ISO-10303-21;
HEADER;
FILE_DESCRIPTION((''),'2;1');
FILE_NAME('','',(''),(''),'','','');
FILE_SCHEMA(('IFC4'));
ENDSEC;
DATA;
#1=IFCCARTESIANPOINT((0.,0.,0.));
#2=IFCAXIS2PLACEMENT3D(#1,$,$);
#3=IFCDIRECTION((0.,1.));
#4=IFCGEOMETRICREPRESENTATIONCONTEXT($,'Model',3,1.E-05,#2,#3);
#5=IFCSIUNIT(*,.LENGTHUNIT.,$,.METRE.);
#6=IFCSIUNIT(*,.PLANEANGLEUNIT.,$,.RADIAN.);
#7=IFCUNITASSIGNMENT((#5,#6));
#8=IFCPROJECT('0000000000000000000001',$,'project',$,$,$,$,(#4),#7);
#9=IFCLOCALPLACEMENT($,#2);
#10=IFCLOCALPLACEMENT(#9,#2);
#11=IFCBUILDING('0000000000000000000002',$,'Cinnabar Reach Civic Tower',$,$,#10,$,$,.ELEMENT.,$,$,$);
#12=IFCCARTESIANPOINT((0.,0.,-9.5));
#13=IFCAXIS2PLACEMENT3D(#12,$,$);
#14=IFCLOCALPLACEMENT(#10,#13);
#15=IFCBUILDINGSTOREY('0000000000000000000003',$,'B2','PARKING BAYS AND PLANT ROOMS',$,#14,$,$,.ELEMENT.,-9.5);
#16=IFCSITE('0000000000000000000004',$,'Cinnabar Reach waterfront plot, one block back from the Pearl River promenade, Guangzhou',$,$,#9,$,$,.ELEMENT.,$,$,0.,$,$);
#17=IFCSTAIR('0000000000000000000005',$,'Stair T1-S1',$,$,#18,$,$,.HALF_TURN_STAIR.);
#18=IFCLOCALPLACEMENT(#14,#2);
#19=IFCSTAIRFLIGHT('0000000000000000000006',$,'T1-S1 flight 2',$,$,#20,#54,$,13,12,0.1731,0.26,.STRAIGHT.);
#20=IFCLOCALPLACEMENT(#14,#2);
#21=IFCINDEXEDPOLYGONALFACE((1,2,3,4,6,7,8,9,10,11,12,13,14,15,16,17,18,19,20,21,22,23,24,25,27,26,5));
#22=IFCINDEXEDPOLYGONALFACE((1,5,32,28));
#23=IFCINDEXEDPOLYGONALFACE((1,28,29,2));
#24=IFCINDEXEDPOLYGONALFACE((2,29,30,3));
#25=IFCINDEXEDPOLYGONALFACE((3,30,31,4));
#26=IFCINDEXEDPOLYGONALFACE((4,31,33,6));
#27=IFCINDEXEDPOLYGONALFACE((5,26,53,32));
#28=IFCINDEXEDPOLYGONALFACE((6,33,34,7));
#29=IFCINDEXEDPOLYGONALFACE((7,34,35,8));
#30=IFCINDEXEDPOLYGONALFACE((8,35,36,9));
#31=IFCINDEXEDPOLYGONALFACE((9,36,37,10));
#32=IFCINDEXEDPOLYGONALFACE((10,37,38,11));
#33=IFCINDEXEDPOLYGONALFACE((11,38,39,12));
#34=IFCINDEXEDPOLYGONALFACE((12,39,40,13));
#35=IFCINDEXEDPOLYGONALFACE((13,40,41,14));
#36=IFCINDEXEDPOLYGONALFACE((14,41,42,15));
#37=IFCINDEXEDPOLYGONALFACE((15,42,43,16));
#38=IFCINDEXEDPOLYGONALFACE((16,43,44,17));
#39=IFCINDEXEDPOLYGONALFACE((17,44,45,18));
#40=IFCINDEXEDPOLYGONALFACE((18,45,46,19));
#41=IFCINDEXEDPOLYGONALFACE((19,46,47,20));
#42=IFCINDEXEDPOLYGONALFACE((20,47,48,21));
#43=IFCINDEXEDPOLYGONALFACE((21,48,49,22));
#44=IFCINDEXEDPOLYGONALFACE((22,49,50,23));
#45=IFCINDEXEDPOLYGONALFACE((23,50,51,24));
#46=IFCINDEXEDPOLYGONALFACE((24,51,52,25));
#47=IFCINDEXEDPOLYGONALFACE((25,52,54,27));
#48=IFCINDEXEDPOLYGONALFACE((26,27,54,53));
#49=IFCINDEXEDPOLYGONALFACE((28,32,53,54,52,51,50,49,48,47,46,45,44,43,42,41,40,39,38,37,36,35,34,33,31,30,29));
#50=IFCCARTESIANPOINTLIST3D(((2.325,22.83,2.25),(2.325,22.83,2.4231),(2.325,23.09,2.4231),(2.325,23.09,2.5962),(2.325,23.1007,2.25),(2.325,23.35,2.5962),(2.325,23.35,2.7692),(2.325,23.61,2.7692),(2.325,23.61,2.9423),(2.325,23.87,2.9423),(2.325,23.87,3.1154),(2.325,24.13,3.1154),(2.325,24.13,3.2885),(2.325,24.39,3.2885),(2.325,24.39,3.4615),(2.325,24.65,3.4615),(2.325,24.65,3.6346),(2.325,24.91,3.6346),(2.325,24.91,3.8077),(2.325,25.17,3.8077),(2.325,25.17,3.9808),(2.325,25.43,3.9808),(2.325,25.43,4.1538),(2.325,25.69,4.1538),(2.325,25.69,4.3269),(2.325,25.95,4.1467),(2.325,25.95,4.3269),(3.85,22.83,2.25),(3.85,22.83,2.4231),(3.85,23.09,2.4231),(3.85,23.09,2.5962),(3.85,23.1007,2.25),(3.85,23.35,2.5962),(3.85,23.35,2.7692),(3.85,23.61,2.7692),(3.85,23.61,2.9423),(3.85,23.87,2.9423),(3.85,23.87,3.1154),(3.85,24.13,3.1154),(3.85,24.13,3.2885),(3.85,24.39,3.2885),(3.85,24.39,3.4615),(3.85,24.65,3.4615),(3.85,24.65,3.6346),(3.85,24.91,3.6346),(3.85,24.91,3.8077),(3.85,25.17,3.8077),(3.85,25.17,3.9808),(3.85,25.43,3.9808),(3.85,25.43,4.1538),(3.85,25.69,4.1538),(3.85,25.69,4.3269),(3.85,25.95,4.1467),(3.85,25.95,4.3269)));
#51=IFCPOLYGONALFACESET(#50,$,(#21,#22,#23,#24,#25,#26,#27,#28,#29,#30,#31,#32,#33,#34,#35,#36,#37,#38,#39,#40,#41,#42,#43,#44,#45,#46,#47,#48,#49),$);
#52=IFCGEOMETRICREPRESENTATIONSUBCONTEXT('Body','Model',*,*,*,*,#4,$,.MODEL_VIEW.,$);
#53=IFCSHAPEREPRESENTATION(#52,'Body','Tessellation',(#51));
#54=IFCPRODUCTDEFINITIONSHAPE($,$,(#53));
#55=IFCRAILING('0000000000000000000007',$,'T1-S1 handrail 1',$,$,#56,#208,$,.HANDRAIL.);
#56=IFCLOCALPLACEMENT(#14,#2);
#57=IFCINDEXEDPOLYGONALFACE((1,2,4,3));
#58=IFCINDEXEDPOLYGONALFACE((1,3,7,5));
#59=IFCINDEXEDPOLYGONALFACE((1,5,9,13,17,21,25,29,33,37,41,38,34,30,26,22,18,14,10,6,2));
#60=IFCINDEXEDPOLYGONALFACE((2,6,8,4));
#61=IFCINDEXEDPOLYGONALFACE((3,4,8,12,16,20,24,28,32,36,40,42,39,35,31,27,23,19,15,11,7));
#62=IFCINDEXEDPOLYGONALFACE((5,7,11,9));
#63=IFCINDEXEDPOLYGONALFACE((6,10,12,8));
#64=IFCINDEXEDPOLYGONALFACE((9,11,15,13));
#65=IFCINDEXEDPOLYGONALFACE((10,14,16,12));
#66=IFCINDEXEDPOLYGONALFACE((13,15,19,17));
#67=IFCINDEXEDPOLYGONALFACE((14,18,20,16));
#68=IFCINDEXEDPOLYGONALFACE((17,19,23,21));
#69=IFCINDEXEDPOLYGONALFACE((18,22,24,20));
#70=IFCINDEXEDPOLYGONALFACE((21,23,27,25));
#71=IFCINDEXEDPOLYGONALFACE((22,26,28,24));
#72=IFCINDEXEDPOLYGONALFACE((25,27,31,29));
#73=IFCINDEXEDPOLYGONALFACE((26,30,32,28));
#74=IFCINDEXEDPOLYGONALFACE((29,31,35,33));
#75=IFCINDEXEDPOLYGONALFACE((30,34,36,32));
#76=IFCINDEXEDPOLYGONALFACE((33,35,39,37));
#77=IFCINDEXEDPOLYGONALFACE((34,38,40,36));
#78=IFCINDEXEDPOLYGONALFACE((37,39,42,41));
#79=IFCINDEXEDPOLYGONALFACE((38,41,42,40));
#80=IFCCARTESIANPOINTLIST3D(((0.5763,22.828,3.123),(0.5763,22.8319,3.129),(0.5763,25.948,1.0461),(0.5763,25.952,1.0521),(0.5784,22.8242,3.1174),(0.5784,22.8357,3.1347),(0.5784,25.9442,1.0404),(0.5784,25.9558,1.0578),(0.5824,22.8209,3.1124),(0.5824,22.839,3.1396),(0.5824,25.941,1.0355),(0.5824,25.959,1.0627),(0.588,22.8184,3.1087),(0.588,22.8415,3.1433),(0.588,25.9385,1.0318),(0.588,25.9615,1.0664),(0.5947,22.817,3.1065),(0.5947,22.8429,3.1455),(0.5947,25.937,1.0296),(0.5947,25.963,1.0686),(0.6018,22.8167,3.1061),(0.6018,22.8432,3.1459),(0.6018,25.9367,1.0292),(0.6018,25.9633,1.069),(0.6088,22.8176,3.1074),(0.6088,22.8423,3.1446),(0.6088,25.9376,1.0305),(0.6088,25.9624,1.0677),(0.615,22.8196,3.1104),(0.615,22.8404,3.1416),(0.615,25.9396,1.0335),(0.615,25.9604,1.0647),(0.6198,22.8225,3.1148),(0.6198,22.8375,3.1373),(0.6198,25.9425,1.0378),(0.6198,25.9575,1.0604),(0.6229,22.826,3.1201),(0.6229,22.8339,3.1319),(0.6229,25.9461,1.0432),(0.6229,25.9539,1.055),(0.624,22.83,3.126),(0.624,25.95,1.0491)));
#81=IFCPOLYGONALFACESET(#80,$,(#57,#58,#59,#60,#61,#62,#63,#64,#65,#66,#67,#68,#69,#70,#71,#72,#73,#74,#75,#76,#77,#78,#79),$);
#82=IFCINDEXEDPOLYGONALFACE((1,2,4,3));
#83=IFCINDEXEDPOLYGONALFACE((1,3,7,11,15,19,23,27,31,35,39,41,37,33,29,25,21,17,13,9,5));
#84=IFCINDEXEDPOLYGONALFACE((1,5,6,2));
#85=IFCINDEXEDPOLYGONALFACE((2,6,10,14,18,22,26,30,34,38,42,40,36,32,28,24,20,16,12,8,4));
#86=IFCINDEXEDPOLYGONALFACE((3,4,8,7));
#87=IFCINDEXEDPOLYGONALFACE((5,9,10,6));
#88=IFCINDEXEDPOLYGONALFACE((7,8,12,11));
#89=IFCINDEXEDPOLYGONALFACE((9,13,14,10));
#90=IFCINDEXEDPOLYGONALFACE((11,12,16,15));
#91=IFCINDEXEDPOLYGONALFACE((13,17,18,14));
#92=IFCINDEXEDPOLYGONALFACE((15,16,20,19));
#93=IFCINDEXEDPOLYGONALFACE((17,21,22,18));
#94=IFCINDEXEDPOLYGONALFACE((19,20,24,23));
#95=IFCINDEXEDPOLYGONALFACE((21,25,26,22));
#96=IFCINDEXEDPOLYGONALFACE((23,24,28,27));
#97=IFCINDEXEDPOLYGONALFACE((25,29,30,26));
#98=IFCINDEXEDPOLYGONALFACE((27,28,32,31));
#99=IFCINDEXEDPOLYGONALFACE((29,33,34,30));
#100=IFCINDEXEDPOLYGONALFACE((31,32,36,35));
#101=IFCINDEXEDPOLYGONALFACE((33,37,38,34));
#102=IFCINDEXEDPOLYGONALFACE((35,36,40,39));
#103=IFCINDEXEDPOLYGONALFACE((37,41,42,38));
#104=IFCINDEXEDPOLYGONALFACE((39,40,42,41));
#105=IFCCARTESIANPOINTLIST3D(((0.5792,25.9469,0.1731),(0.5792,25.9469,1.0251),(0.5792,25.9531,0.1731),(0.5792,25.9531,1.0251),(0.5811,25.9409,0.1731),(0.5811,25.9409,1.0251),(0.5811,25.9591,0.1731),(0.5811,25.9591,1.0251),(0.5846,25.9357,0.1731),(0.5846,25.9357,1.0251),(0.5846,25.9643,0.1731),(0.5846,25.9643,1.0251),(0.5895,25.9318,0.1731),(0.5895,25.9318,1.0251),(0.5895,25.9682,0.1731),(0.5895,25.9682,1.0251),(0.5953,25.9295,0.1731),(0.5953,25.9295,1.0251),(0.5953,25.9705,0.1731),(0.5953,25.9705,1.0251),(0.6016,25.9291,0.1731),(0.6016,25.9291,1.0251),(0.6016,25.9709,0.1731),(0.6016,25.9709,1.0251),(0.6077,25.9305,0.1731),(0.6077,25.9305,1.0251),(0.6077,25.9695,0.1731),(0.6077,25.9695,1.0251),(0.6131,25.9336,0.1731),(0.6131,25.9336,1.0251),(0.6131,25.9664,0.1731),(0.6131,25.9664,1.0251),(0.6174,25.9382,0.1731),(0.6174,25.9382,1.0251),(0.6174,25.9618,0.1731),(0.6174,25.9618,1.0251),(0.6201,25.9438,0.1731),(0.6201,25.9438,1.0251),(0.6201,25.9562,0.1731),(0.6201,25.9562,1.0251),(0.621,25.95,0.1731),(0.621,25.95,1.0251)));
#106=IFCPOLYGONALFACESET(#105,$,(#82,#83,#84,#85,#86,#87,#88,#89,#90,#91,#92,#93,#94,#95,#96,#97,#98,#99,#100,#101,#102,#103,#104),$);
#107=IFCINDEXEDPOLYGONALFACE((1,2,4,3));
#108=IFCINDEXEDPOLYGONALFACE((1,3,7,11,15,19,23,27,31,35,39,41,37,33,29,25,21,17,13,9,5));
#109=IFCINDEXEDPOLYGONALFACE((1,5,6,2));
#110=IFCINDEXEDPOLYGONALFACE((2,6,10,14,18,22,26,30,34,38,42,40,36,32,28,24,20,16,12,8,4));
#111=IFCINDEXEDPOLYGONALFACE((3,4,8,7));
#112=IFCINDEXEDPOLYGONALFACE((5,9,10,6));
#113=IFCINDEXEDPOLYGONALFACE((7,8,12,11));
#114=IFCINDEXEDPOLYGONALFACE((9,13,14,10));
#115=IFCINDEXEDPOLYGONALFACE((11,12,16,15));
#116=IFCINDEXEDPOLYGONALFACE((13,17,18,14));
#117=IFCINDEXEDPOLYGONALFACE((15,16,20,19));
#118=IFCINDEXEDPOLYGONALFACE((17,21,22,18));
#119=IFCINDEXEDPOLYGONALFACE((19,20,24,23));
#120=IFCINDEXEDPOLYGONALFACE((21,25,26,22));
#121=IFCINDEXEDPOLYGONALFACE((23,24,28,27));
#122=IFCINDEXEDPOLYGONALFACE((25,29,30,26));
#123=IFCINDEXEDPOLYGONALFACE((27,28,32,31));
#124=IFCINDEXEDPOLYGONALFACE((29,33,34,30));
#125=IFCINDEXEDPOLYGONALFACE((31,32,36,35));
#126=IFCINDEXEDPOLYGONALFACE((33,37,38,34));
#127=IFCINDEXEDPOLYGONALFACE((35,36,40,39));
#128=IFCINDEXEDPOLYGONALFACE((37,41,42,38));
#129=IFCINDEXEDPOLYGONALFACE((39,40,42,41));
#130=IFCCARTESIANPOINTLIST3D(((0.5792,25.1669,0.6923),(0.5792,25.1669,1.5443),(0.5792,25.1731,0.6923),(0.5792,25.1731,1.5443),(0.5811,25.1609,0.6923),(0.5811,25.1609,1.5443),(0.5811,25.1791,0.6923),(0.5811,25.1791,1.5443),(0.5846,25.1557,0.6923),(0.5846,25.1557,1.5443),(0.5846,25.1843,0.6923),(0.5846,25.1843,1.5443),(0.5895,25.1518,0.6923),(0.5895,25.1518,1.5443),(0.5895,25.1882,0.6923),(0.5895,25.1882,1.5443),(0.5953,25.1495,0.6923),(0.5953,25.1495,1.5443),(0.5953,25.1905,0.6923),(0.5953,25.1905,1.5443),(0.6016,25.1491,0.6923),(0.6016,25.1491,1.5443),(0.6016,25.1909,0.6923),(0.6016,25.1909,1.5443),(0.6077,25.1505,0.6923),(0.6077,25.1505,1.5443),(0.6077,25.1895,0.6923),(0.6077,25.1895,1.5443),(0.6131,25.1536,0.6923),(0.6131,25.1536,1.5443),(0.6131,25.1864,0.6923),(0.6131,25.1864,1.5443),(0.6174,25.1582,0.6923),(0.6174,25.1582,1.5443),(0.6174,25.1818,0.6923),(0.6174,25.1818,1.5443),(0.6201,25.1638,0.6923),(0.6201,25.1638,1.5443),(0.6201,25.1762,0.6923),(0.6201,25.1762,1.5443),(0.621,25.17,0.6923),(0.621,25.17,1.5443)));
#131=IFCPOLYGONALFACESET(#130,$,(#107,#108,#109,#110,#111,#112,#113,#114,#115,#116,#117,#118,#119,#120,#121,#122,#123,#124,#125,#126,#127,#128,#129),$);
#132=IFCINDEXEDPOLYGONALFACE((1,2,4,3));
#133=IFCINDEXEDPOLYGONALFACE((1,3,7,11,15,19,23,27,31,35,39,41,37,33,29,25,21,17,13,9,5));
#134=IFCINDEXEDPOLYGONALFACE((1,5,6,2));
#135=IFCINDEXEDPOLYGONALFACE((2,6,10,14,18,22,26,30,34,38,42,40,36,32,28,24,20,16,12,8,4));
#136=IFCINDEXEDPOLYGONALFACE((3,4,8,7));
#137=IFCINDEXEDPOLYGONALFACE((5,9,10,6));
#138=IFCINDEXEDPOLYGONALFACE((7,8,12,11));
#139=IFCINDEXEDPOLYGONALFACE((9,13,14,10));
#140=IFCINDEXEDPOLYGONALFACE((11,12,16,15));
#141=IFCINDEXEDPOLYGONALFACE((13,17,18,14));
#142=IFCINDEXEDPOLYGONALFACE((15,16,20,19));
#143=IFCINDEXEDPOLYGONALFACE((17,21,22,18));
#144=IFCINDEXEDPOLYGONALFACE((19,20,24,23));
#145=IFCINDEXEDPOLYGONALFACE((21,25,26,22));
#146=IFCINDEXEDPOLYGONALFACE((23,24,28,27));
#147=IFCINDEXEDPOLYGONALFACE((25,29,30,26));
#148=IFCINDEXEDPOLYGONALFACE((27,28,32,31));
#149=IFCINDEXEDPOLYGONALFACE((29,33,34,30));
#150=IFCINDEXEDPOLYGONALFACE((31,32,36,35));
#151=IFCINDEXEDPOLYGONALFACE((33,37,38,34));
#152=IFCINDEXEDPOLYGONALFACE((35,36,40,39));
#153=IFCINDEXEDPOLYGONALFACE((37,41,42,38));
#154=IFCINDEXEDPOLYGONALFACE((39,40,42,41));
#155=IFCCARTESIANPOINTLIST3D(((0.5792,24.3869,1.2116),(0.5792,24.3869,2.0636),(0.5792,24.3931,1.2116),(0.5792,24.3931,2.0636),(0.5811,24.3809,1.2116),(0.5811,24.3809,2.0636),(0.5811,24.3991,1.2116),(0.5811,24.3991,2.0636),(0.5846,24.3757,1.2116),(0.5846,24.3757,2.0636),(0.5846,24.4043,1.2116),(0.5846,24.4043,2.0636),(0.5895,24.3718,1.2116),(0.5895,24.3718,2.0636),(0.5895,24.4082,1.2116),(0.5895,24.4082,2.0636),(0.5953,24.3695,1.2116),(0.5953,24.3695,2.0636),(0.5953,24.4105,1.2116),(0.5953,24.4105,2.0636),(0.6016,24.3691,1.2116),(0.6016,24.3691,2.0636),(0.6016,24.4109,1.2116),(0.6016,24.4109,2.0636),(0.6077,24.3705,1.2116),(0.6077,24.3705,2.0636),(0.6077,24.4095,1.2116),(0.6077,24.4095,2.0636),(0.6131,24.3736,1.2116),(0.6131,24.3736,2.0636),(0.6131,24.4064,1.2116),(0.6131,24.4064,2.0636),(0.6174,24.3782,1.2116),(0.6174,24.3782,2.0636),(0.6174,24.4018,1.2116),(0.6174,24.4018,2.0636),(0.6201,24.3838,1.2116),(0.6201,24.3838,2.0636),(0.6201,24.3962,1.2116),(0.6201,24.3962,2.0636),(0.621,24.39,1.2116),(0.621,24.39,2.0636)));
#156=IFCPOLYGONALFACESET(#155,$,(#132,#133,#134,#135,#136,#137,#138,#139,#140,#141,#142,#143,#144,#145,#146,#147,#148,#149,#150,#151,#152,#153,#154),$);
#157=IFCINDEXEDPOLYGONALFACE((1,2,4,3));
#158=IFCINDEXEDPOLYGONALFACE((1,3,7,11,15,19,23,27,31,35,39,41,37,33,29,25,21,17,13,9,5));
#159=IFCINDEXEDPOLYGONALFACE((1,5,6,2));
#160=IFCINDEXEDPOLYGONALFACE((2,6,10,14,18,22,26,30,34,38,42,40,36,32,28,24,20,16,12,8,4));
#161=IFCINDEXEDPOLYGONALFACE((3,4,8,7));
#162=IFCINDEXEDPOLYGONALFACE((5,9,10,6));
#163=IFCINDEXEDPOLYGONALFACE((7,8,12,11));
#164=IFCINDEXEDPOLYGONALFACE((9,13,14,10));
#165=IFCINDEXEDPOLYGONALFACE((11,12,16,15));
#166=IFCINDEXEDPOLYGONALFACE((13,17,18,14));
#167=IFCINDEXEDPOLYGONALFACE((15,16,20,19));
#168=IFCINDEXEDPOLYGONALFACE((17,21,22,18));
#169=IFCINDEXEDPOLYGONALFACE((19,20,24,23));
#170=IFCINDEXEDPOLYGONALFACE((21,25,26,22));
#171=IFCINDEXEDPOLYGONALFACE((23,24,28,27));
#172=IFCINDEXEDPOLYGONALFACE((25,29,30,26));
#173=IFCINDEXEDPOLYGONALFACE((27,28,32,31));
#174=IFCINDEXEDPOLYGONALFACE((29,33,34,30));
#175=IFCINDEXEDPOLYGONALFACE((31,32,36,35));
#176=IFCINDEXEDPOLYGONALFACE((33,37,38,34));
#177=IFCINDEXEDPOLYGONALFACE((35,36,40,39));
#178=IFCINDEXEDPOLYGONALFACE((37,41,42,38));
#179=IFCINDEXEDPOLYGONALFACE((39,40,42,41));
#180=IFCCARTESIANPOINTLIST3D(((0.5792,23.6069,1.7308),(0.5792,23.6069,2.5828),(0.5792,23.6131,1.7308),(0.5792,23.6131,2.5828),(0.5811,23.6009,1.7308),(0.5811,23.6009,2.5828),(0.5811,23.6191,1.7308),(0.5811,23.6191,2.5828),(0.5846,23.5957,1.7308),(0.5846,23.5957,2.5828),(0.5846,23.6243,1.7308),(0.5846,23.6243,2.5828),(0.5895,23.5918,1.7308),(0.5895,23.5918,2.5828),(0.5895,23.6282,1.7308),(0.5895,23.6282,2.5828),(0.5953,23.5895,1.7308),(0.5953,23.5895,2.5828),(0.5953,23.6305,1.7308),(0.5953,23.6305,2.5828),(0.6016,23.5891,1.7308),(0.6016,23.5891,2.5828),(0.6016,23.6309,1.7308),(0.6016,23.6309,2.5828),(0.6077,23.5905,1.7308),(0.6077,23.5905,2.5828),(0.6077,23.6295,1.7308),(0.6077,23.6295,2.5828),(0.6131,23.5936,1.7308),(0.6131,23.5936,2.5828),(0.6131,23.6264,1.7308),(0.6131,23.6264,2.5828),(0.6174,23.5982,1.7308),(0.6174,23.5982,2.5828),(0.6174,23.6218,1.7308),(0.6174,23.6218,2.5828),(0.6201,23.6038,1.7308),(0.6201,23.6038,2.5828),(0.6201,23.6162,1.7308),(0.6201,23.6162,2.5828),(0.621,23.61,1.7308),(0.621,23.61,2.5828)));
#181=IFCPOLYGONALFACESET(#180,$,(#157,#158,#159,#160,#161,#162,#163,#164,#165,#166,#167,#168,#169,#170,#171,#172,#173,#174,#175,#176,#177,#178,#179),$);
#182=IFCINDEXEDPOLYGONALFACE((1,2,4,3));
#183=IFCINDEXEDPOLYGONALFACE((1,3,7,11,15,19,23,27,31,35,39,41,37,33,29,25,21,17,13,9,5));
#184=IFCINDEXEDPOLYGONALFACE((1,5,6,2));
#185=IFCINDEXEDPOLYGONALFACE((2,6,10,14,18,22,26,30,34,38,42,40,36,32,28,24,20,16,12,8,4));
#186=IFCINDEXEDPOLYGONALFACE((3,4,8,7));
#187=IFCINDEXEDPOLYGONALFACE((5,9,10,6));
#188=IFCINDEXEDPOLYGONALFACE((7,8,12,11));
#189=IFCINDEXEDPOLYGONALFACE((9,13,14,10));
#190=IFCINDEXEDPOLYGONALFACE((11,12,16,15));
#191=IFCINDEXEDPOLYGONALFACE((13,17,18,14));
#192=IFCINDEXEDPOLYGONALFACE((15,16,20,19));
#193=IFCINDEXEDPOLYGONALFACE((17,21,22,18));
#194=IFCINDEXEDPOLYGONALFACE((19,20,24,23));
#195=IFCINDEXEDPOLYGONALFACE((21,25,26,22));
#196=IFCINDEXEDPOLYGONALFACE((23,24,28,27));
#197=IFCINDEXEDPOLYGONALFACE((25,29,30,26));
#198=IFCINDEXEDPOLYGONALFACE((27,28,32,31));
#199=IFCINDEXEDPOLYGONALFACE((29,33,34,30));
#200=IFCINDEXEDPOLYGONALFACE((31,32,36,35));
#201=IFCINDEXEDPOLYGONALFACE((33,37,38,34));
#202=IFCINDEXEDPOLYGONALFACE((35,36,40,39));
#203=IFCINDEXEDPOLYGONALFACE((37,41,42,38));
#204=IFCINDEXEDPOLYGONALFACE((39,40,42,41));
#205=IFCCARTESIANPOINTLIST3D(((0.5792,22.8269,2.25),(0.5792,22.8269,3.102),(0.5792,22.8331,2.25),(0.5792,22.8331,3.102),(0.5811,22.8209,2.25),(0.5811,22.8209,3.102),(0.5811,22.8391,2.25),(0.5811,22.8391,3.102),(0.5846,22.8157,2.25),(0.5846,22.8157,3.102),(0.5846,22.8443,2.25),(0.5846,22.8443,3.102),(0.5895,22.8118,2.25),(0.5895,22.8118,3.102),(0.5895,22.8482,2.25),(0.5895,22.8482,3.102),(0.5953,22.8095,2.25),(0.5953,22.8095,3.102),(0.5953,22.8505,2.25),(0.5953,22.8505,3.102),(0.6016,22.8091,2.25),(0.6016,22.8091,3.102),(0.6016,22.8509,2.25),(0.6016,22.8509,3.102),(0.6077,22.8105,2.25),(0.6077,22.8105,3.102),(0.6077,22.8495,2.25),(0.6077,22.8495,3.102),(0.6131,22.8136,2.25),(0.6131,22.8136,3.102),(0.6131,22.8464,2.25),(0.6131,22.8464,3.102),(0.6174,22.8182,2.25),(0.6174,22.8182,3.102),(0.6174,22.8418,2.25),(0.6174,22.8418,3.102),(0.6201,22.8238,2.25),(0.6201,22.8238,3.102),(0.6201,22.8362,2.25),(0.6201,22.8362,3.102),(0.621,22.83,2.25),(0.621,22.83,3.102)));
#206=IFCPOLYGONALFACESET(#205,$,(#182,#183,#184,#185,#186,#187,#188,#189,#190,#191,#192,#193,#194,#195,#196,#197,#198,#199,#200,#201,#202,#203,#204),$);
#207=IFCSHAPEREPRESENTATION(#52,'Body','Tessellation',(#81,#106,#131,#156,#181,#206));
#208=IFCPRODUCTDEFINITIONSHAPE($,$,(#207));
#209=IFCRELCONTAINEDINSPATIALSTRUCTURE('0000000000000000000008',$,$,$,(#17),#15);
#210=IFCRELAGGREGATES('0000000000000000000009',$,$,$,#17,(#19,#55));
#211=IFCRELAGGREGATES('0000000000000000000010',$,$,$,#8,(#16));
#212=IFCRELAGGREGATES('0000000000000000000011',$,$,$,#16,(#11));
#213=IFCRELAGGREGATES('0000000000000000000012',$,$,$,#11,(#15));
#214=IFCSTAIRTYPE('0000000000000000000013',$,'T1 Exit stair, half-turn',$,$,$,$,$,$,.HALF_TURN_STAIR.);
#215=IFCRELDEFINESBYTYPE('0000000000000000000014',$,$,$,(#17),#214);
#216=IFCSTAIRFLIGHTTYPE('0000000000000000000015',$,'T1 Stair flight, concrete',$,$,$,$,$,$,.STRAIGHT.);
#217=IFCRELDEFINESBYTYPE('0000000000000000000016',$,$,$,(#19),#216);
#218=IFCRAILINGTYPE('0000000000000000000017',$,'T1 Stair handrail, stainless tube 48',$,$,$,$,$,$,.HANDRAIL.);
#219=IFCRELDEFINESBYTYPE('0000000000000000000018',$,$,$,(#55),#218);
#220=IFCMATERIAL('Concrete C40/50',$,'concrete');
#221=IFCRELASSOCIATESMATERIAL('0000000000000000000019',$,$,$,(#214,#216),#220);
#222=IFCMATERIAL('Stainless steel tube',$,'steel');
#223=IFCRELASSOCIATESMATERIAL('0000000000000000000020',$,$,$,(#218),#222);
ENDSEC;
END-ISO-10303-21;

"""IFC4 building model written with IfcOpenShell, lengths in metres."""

from ifc_helpers import new_model, si_unit, direction, frame, origin, origin_2d, place, context, subcontext, project, spatial, polyline, circle, outline, extrude, material, type_object, element, aggregate, save


model = new_model("IFC4")

# Units and contexts
model_context = context("Model", 3, precision=1e-05, world=origin(), true_north=direction((0.0, 1.0)))
body_context = subcontext(model_context, "Body", "Model", "MODEL_VIEW")
ifc_project = project(units=[si_unit("LENGTHUNIT", "METRE"), si_unit("PLANEANGLEUNIT", "RADIAN")], contexts=[model_context])

# Site, building, storey
site_placement = place(None, origin())
site = spatial("IfcSite", under=ifc_project, at=site_placement, Name="Cinnabar Reach waterfront plot, one block back from the Pearl River promenade, Guangzhou", CompositionType="ELEMENT", RefElevation=0.0)
building_placement = place(site_placement, origin())
building = spatial("IfcBuilding", under=site, at=building_placement, Name="Cinnabar Reach Civic Tower", CompositionType="ELEMENT")
storey_placement = place(building_placement, frame((0.0, 0.0, -9.5)))
storey = spatial("IfcBuildingStorey", under=building, at=storey_placement, Name="B2", Description="PARKING BAYS AND PLANT ROOMS", CompositionType="ELEMENT", Elevation=-9.5)

# Stair, stair flight, railing
ifc_material_1 = material(Name="Concrete C40/50", Category="concrete")
stair_type = type_object("IfcStairType", Name="T1 Exit stair, half-turn", PredefinedType="HALF_TURN_STAIR", material=ifc_material_1)
stair_1_placement = place(storey_placement, origin())
stair_1 = element("IfcStair", 1, at=stair_1_placement, inside=storey, type_object=stair_type, Name="Stair T1-S1", PredefinedType="HALF_TURN_STAIR")
stair_flight_type = type_object("IfcStairFlightType", Name="T1 Stair flight, concrete", PredefinedType="STRAIGHT", material=ifc_material_1)
stair_flight_1_placement = place(storey_placement, frame((3.0875, 22.83, 2.25), z_axis=(0.0, 0.0, 1.0), x_axis=(0.0, 1.0, 0.0)))
stair_flight_1 = element("IfcStairFlight", 2, at=stair_flight_1_placement, type_object=stair_flight_type, Name="T1-S1 flight 2", NumberOfRisers=13, NumberOfTreads=12, PredefinedType="STRAIGHT", RiserHeight=0.1731, TreadLength=0.26, context=body_context, shape_type="SweptSolid", body=[
    extrude(outline(polyline([(0.0, 0.0), (0.0, 0.1731), (0.26, 0.1731), (0.26, 0.3462), (0.52, 0.3462), (0.52, 0.5192), (0.78, 0.5192), (0.78, 0.6923), (1.04, 0.6923), (1.04, 0.8654), (1.3, 0.8654), (1.3, 1.0385), (1.56, 1.0385), (1.56, 1.2115), (1.82, 1.2115), (1.82, 1.3846), (2.08, 1.3846), (2.08, 1.5577), (2.34, 1.5577), (2.34, 1.7308), (2.6, 1.7308), (2.6, 1.9038), (2.86, 1.9038), (2.86, 2.0769), (3.12, 2.0769), (3.12, 2.25), (3.12, 1.8967), (0.2707, 0.0), (0.0, 0.0)])), frame((0.0, 0.7625, 0.0), z_axis=(0.0, -1.0, 0.0), x_axis=(1.0, 0.0, 0.0)), (0.0, 0.0, 1.0), 1.525),
])
ifc_material_2 = material(Name="Stainless steel tube", Category="steel")
railing_type_1 = type_object("IfcRailingType", Name="T1 Stair handrail, stainless tube 48", PredefinedType="HANDRAIL", material=ifc_material_2)
railing_1_placement = place(storey_placement, frame((0.6, 25.95, 0.1731)))
railing_1 = element("IfcRailing", 3, at=railing_1_placement, type_object=railing_type_1, Name="T1-S1 handrail 1", PredefinedType="HANDRAIL", context=body_context, shape_type="SweptSolid", body=[
    extrude(circle(Radius=0.024, at=origin_2d()), frame((0.0, 0.0, 0.876), z_axis=(0.0, -0.832432, 0.554127), x_axis=(1.0, 0.0, 0.0)), (0.0, 0.0, 1.0), 3.7481),
    extrude(circle(Radius=0.021, at=origin_2d()), origin(), (0.0, 0.0, 1.0), 0.852),
    extrude(circle(Radius=0.021, at=origin_2d()), frame((0.0, -0.78, 0.5192)), (0.0, 0.0, 1.0), 0.852),
    extrude(circle(Radius=0.021, at=origin_2d()), frame((0.0, -1.56, 1.0385)), (0.0, 0.0, 1.0), 0.852),
    extrude(circle(Radius=0.021, at=origin_2d()), frame((0.0, -2.34, 1.5577)), (0.0, 0.0, 1.0), 0.852),
    extrude(circle(Radius=0.021, at=origin_2d()), frame((0.0, -3.12, 2.0769)), (0.0, 0.0, 1.0), 0.852),
])
aggregate(stair_1, [stair_flight_1, railing_1])

save(model, "model.ifc")
